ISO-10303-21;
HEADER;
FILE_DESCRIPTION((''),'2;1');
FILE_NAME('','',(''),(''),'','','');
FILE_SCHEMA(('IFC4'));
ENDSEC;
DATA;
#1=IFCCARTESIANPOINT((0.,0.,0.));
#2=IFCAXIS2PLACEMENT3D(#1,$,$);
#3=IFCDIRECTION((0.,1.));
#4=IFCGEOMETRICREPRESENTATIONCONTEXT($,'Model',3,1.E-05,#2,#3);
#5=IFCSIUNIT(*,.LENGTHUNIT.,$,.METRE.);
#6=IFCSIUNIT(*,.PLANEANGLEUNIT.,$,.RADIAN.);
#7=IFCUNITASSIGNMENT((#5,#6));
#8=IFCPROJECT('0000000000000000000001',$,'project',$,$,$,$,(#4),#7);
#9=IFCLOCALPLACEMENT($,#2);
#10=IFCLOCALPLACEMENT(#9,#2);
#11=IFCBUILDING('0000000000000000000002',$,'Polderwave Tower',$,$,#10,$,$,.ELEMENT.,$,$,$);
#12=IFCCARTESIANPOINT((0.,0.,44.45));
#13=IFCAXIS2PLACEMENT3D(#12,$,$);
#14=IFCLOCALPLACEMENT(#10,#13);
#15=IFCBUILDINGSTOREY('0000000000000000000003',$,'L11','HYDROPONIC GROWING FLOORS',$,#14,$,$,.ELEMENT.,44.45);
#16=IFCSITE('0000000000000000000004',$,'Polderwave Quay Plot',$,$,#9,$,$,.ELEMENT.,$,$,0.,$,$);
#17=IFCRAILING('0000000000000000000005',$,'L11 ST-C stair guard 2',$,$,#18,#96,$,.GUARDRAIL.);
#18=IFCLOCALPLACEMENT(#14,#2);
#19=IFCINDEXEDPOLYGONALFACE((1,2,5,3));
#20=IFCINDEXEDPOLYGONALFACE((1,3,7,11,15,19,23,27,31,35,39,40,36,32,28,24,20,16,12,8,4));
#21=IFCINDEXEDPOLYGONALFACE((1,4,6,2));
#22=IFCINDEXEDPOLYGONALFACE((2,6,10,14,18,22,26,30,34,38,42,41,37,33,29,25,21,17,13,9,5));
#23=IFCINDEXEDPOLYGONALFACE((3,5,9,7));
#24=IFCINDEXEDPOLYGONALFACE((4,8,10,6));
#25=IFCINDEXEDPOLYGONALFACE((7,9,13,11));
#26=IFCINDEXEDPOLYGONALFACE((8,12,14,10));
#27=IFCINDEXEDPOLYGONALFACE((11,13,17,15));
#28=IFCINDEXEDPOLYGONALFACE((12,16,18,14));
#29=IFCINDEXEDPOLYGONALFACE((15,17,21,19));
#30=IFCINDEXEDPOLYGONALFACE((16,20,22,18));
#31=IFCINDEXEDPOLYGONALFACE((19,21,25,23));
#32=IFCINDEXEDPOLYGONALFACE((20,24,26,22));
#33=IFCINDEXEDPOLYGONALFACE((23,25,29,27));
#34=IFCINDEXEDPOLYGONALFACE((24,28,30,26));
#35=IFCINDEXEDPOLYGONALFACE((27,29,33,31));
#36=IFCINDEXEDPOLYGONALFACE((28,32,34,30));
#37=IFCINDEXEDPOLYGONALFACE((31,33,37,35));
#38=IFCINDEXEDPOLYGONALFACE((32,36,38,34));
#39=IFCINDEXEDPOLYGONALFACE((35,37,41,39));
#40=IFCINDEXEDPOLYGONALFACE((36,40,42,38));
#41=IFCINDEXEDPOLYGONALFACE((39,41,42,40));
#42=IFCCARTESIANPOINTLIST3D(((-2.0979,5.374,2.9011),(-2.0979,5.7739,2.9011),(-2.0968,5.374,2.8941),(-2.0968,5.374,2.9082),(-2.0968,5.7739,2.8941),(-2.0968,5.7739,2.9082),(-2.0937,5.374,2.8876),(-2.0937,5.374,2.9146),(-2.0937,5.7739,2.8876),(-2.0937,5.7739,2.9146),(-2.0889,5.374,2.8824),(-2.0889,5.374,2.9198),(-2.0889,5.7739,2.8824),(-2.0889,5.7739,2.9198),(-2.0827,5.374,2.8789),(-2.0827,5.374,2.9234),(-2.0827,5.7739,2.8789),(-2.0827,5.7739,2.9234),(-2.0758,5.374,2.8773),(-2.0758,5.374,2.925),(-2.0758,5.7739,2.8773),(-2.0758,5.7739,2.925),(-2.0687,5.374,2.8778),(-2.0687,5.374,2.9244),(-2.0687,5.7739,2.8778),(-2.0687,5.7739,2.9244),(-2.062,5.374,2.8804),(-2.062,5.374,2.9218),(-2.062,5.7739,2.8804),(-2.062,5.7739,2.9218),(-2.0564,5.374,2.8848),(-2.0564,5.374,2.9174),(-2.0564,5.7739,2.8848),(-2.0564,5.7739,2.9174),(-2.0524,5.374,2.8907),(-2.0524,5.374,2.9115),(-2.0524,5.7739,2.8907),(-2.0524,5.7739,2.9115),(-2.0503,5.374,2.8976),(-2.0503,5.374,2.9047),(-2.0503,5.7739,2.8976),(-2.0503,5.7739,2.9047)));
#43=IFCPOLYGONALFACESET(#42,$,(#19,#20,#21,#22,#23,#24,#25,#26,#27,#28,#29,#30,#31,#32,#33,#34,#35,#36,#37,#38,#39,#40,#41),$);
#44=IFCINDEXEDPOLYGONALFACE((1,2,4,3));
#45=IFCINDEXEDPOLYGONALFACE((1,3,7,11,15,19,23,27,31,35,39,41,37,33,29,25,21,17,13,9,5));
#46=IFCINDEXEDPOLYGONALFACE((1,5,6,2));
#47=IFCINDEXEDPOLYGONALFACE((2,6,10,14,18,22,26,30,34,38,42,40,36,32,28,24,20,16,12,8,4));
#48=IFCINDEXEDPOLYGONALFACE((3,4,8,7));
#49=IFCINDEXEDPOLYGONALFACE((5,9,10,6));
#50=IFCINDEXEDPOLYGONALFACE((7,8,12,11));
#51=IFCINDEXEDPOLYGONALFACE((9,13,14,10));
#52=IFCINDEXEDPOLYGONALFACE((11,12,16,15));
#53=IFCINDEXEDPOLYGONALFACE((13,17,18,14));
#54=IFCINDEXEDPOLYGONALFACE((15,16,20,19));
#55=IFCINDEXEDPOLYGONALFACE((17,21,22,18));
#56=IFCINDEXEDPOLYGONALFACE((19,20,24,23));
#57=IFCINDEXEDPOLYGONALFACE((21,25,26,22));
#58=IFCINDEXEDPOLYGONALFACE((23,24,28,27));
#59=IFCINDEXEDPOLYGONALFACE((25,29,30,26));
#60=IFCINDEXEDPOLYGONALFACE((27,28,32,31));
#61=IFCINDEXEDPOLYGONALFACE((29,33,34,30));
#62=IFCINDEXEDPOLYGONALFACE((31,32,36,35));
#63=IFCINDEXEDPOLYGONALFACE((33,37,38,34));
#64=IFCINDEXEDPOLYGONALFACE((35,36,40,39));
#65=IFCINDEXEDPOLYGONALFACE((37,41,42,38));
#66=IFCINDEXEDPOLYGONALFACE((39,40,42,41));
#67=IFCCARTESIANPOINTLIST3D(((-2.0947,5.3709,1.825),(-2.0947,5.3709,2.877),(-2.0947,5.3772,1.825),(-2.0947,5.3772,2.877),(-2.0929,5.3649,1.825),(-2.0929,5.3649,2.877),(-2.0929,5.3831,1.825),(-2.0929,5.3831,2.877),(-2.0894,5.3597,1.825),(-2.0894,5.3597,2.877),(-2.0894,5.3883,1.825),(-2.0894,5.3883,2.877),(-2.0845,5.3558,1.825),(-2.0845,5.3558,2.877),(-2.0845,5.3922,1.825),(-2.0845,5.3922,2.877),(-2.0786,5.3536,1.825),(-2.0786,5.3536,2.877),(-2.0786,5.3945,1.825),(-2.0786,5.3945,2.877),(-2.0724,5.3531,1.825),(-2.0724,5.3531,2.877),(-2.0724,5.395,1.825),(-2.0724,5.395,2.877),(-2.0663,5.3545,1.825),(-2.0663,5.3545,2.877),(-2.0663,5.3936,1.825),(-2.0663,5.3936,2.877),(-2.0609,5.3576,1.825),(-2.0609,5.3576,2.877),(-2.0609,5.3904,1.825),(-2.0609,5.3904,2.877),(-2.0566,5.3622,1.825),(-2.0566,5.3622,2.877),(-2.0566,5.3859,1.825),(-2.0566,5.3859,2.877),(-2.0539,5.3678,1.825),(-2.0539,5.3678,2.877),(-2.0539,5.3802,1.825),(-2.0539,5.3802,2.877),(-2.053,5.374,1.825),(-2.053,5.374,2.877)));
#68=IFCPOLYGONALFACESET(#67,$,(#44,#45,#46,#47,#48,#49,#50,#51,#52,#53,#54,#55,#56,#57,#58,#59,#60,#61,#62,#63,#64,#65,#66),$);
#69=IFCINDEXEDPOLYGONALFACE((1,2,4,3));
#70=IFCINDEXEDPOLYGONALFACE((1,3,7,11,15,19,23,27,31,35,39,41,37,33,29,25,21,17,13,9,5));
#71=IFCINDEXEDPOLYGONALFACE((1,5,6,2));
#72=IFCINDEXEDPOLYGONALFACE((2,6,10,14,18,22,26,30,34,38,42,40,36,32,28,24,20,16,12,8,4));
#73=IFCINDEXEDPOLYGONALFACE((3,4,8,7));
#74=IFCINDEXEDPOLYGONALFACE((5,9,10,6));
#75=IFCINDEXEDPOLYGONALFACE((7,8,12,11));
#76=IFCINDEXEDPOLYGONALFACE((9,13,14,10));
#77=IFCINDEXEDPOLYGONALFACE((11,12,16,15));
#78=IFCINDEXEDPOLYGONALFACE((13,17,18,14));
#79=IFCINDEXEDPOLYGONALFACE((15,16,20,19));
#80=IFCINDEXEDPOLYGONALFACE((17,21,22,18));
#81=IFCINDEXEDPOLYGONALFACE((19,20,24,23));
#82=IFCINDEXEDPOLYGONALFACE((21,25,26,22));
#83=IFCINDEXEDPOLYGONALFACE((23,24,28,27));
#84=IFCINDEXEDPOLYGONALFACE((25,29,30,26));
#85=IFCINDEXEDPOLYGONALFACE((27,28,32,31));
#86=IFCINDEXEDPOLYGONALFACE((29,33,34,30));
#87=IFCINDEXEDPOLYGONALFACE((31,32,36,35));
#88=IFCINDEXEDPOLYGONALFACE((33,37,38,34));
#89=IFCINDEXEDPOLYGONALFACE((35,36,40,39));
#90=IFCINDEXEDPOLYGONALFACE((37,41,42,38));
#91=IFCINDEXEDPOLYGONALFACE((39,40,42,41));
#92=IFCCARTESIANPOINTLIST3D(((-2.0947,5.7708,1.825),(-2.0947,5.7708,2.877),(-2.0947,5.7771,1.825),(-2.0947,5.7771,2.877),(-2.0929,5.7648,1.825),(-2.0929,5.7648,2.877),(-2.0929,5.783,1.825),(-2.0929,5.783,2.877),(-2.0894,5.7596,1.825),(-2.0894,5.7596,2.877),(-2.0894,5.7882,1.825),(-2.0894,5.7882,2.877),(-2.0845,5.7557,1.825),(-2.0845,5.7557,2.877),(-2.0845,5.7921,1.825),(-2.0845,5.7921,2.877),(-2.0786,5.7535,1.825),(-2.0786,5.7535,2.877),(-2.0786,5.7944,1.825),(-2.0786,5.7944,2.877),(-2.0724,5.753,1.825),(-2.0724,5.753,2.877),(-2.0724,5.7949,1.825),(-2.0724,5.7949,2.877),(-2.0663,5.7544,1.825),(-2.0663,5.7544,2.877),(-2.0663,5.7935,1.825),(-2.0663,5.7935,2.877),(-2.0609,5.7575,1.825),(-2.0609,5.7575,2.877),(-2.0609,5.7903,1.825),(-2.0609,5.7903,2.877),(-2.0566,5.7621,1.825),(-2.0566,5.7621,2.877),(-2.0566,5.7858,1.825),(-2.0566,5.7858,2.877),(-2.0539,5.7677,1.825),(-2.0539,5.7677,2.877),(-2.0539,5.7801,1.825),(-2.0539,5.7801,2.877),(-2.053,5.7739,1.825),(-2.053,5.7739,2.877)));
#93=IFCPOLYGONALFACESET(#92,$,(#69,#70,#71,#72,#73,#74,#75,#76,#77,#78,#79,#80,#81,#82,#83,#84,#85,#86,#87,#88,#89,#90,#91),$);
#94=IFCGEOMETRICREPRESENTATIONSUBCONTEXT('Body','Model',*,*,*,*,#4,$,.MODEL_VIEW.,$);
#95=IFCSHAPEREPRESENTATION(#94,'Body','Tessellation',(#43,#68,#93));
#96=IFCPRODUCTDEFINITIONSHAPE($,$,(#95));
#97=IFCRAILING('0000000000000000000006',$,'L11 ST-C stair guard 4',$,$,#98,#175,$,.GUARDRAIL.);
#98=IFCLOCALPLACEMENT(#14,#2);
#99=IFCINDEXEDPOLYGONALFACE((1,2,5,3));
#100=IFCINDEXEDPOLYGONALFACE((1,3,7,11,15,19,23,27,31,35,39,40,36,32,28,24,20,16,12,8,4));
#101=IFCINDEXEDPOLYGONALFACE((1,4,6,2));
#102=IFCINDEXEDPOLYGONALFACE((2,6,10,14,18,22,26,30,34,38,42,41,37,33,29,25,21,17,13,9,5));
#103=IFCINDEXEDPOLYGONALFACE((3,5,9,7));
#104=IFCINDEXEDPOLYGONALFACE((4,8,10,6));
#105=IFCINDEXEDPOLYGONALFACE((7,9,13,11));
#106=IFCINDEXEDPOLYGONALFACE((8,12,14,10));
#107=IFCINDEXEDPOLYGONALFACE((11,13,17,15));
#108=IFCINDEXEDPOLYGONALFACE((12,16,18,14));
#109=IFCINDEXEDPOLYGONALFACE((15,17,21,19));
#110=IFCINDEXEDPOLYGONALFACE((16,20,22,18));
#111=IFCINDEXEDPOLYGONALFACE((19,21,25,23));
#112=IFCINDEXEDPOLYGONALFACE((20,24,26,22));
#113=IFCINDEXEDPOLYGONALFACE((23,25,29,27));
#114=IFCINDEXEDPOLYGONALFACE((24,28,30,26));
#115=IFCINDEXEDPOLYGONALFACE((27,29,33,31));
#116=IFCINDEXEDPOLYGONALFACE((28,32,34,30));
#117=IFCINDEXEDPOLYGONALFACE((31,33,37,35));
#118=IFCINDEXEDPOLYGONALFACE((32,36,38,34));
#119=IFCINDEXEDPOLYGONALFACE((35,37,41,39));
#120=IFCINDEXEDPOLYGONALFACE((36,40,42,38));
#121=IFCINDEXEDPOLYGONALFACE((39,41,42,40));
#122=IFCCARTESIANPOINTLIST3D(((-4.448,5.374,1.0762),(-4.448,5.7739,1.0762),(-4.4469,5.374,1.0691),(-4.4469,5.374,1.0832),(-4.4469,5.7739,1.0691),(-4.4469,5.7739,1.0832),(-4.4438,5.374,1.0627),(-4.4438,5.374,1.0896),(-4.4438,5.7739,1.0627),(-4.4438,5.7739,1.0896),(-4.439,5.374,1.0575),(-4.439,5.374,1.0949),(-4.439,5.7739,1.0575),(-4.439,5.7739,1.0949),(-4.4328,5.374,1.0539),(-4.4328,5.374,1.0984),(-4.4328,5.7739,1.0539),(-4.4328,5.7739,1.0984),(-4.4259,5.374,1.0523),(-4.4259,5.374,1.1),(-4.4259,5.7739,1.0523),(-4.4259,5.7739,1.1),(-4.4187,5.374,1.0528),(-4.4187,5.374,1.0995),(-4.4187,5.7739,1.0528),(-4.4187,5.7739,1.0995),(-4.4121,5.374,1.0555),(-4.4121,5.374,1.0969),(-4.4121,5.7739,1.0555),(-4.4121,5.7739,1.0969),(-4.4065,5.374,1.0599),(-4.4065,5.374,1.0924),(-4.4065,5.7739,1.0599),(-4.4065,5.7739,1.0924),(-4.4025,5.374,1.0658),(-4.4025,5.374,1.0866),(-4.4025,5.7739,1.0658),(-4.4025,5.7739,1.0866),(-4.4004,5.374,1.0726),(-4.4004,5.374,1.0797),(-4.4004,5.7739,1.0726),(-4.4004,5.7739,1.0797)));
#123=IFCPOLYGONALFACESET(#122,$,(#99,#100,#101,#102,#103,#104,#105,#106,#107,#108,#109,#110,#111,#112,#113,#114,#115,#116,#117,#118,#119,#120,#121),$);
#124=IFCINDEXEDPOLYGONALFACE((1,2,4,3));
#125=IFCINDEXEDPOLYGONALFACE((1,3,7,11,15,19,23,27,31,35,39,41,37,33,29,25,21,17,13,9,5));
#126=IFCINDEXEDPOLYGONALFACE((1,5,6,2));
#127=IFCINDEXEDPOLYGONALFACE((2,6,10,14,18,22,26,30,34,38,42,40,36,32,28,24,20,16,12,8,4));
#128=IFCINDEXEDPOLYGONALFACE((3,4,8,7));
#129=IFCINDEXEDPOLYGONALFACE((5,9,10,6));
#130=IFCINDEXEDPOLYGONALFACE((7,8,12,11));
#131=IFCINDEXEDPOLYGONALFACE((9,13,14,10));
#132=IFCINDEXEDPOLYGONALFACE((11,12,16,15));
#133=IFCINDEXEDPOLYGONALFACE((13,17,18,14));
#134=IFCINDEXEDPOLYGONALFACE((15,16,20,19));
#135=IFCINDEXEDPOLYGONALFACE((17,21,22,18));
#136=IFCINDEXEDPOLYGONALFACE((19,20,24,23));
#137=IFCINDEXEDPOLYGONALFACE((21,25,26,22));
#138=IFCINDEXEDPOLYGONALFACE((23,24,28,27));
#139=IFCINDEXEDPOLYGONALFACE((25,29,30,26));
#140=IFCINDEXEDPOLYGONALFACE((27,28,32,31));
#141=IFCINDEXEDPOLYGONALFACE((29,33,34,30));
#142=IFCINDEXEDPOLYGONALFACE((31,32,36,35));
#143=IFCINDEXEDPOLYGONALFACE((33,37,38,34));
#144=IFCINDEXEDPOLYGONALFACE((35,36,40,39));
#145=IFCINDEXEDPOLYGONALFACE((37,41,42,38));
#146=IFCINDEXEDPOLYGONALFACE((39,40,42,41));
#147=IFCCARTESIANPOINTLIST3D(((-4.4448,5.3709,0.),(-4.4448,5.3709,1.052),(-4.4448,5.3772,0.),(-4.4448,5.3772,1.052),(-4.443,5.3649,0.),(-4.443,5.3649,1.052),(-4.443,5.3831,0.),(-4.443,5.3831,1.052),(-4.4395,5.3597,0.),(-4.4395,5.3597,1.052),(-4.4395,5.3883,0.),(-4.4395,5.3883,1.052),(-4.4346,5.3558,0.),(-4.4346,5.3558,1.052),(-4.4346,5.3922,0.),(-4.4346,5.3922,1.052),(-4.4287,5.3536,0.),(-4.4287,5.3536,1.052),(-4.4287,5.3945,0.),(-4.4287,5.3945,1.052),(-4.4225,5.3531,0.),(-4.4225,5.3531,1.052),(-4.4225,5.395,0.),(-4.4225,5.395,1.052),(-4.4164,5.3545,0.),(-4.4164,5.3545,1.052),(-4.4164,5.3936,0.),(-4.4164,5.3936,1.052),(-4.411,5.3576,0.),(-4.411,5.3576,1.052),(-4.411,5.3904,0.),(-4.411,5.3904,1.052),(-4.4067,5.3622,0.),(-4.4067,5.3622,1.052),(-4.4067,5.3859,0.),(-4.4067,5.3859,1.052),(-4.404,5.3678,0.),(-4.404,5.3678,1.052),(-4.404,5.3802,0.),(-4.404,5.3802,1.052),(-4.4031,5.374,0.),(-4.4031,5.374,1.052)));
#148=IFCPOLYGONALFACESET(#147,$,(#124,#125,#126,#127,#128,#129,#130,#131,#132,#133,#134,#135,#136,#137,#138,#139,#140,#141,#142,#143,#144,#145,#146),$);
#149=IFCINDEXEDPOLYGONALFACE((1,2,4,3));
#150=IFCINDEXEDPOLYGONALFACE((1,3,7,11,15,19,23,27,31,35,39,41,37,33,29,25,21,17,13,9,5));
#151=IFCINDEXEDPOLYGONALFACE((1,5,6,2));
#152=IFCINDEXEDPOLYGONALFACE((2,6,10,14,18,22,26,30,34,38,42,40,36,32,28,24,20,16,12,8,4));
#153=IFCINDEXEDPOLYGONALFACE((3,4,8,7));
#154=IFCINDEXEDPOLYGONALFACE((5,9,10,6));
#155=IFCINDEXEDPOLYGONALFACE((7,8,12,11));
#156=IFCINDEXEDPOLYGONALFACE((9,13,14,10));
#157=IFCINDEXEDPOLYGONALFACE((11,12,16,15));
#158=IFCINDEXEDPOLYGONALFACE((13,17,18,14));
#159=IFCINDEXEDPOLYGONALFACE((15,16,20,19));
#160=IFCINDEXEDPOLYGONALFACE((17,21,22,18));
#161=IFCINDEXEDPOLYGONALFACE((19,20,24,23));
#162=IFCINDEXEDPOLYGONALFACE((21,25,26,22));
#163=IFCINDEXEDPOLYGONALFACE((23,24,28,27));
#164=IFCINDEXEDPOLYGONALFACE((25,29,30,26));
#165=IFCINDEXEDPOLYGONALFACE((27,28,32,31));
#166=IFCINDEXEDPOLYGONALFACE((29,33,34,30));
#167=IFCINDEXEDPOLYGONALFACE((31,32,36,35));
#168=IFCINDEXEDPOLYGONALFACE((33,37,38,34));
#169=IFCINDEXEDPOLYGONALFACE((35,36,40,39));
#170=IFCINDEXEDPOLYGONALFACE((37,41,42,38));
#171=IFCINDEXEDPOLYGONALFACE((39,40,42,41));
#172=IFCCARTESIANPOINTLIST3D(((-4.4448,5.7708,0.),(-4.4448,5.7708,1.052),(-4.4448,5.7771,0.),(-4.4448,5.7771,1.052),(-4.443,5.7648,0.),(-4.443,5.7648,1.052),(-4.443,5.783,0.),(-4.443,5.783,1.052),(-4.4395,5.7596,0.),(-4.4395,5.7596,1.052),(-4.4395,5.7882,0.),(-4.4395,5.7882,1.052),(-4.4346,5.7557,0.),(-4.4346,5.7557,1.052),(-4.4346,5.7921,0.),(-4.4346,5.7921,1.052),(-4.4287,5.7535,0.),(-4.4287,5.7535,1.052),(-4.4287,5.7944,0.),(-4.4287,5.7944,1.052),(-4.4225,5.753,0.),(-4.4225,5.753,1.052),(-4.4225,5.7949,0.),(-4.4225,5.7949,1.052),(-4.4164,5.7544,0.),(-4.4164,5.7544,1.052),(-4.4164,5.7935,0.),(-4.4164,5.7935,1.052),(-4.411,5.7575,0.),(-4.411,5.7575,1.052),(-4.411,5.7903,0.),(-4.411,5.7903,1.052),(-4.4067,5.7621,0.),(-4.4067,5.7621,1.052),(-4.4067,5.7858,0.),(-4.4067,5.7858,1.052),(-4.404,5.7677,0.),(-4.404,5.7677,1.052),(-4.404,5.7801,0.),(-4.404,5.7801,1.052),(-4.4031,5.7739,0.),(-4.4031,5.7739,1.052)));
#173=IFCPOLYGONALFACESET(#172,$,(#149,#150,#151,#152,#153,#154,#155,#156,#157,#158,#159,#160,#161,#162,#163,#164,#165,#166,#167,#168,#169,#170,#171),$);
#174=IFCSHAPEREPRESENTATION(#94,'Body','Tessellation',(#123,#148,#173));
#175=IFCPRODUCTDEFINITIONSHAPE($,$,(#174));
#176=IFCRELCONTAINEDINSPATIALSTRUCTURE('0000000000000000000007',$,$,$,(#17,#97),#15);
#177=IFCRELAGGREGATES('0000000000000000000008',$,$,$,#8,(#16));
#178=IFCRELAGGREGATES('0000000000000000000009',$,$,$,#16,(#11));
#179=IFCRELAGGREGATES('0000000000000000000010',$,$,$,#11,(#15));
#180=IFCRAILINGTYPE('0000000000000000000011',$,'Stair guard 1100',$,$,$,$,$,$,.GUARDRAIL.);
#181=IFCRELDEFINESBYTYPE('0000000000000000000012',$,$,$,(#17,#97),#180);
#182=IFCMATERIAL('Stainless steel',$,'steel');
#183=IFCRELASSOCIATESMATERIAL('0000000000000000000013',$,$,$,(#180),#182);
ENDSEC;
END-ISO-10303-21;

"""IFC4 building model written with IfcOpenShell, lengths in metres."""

from ifc_helpers import new_model, si_unit, direction, frame, origin, origin_2d, place, context, subcontext, project, spatial, circle, extrude, material, type_object, element, save


model = new_model("IFC4")

# Units and contexts
model_context = context("Model", 3, precision=1e-05, world=origin(), true_north=direction((0.0, 1.0)))
body_context = subcontext(model_context, "Body", "Model", "MODEL_VIEW")
ifc_project = project(units=[si_unit("LENGTHUNIT", "METRE"), si_unit("PLANEANGLEUNIT", "RADIAN")], contexts=[model_context])

# Site, building, storey
site_placement = place(None, origin())
site = spatial("IfcSite", under=ifc_project, at=site_placement, Name="Polderwave Quay Plot", CompositionType="ELEMENT", RefElevation=0.0)
building_placement = place(site_placement, origin())
building = spatial("IfcBuilding", under=site, at=building_placement, Name="Polderwave Tower", CompositionType="ELEMENT")
storey_placement = place(building_placement, frame((0.0, 0.0, 44.45)))
storey = spatial("IfcBuildingStorey", under=building, at=storey_placement, Name="L11", Description="HYDROPONIC GROWING FLOORS", CompositionType="ELEMENT", Elevation=44.45)

# Railings
ifc_material_1 = material(Name="Stainless steel", Category="steel")
railing_type_1 = type_object("IfcRailingType", Name="Stair guard 1100", PredefinedType="GUARDRAIL", material=ifc_material_1)
for number, where, name in (
    (1, (-2.074, 5.374, 1.825), "L11 ST-C stair guard 2"),
    (2, (-4.4241, 5.374, 0.0), "L11 ST-C stair guard 4"),
):
    element("IfcRailing", number, at=place(storey_placement, frame(where)), inside=storey, type_object=railing_type_1, Name=name, PredefinedType="GUARDRAIL", context=body_context, shape_type="SweptSolid", body=[
        extrude(circle(Radius=0.0239, at=origin_2d()), frame((0.0, 0.0, 1.0762), z_axis=(0.0, 1.0, 0.0), x_axis=(-1.0, 0.0, 0.0)), (0.0, 0.0, 1.0), 0.3999),
        extrude(circle(Radius=0.021, at=origin_2d()), origin(), (0.0, 0.0, 1.0), 1.052),
        extrude(circle(Radius=0.021, at=origin_2d()), frame((0.0, 0.3999, 0.0)), (0.0, 0.0, 1.0), 1.052),
    ])

save(model, "model.ifc")
